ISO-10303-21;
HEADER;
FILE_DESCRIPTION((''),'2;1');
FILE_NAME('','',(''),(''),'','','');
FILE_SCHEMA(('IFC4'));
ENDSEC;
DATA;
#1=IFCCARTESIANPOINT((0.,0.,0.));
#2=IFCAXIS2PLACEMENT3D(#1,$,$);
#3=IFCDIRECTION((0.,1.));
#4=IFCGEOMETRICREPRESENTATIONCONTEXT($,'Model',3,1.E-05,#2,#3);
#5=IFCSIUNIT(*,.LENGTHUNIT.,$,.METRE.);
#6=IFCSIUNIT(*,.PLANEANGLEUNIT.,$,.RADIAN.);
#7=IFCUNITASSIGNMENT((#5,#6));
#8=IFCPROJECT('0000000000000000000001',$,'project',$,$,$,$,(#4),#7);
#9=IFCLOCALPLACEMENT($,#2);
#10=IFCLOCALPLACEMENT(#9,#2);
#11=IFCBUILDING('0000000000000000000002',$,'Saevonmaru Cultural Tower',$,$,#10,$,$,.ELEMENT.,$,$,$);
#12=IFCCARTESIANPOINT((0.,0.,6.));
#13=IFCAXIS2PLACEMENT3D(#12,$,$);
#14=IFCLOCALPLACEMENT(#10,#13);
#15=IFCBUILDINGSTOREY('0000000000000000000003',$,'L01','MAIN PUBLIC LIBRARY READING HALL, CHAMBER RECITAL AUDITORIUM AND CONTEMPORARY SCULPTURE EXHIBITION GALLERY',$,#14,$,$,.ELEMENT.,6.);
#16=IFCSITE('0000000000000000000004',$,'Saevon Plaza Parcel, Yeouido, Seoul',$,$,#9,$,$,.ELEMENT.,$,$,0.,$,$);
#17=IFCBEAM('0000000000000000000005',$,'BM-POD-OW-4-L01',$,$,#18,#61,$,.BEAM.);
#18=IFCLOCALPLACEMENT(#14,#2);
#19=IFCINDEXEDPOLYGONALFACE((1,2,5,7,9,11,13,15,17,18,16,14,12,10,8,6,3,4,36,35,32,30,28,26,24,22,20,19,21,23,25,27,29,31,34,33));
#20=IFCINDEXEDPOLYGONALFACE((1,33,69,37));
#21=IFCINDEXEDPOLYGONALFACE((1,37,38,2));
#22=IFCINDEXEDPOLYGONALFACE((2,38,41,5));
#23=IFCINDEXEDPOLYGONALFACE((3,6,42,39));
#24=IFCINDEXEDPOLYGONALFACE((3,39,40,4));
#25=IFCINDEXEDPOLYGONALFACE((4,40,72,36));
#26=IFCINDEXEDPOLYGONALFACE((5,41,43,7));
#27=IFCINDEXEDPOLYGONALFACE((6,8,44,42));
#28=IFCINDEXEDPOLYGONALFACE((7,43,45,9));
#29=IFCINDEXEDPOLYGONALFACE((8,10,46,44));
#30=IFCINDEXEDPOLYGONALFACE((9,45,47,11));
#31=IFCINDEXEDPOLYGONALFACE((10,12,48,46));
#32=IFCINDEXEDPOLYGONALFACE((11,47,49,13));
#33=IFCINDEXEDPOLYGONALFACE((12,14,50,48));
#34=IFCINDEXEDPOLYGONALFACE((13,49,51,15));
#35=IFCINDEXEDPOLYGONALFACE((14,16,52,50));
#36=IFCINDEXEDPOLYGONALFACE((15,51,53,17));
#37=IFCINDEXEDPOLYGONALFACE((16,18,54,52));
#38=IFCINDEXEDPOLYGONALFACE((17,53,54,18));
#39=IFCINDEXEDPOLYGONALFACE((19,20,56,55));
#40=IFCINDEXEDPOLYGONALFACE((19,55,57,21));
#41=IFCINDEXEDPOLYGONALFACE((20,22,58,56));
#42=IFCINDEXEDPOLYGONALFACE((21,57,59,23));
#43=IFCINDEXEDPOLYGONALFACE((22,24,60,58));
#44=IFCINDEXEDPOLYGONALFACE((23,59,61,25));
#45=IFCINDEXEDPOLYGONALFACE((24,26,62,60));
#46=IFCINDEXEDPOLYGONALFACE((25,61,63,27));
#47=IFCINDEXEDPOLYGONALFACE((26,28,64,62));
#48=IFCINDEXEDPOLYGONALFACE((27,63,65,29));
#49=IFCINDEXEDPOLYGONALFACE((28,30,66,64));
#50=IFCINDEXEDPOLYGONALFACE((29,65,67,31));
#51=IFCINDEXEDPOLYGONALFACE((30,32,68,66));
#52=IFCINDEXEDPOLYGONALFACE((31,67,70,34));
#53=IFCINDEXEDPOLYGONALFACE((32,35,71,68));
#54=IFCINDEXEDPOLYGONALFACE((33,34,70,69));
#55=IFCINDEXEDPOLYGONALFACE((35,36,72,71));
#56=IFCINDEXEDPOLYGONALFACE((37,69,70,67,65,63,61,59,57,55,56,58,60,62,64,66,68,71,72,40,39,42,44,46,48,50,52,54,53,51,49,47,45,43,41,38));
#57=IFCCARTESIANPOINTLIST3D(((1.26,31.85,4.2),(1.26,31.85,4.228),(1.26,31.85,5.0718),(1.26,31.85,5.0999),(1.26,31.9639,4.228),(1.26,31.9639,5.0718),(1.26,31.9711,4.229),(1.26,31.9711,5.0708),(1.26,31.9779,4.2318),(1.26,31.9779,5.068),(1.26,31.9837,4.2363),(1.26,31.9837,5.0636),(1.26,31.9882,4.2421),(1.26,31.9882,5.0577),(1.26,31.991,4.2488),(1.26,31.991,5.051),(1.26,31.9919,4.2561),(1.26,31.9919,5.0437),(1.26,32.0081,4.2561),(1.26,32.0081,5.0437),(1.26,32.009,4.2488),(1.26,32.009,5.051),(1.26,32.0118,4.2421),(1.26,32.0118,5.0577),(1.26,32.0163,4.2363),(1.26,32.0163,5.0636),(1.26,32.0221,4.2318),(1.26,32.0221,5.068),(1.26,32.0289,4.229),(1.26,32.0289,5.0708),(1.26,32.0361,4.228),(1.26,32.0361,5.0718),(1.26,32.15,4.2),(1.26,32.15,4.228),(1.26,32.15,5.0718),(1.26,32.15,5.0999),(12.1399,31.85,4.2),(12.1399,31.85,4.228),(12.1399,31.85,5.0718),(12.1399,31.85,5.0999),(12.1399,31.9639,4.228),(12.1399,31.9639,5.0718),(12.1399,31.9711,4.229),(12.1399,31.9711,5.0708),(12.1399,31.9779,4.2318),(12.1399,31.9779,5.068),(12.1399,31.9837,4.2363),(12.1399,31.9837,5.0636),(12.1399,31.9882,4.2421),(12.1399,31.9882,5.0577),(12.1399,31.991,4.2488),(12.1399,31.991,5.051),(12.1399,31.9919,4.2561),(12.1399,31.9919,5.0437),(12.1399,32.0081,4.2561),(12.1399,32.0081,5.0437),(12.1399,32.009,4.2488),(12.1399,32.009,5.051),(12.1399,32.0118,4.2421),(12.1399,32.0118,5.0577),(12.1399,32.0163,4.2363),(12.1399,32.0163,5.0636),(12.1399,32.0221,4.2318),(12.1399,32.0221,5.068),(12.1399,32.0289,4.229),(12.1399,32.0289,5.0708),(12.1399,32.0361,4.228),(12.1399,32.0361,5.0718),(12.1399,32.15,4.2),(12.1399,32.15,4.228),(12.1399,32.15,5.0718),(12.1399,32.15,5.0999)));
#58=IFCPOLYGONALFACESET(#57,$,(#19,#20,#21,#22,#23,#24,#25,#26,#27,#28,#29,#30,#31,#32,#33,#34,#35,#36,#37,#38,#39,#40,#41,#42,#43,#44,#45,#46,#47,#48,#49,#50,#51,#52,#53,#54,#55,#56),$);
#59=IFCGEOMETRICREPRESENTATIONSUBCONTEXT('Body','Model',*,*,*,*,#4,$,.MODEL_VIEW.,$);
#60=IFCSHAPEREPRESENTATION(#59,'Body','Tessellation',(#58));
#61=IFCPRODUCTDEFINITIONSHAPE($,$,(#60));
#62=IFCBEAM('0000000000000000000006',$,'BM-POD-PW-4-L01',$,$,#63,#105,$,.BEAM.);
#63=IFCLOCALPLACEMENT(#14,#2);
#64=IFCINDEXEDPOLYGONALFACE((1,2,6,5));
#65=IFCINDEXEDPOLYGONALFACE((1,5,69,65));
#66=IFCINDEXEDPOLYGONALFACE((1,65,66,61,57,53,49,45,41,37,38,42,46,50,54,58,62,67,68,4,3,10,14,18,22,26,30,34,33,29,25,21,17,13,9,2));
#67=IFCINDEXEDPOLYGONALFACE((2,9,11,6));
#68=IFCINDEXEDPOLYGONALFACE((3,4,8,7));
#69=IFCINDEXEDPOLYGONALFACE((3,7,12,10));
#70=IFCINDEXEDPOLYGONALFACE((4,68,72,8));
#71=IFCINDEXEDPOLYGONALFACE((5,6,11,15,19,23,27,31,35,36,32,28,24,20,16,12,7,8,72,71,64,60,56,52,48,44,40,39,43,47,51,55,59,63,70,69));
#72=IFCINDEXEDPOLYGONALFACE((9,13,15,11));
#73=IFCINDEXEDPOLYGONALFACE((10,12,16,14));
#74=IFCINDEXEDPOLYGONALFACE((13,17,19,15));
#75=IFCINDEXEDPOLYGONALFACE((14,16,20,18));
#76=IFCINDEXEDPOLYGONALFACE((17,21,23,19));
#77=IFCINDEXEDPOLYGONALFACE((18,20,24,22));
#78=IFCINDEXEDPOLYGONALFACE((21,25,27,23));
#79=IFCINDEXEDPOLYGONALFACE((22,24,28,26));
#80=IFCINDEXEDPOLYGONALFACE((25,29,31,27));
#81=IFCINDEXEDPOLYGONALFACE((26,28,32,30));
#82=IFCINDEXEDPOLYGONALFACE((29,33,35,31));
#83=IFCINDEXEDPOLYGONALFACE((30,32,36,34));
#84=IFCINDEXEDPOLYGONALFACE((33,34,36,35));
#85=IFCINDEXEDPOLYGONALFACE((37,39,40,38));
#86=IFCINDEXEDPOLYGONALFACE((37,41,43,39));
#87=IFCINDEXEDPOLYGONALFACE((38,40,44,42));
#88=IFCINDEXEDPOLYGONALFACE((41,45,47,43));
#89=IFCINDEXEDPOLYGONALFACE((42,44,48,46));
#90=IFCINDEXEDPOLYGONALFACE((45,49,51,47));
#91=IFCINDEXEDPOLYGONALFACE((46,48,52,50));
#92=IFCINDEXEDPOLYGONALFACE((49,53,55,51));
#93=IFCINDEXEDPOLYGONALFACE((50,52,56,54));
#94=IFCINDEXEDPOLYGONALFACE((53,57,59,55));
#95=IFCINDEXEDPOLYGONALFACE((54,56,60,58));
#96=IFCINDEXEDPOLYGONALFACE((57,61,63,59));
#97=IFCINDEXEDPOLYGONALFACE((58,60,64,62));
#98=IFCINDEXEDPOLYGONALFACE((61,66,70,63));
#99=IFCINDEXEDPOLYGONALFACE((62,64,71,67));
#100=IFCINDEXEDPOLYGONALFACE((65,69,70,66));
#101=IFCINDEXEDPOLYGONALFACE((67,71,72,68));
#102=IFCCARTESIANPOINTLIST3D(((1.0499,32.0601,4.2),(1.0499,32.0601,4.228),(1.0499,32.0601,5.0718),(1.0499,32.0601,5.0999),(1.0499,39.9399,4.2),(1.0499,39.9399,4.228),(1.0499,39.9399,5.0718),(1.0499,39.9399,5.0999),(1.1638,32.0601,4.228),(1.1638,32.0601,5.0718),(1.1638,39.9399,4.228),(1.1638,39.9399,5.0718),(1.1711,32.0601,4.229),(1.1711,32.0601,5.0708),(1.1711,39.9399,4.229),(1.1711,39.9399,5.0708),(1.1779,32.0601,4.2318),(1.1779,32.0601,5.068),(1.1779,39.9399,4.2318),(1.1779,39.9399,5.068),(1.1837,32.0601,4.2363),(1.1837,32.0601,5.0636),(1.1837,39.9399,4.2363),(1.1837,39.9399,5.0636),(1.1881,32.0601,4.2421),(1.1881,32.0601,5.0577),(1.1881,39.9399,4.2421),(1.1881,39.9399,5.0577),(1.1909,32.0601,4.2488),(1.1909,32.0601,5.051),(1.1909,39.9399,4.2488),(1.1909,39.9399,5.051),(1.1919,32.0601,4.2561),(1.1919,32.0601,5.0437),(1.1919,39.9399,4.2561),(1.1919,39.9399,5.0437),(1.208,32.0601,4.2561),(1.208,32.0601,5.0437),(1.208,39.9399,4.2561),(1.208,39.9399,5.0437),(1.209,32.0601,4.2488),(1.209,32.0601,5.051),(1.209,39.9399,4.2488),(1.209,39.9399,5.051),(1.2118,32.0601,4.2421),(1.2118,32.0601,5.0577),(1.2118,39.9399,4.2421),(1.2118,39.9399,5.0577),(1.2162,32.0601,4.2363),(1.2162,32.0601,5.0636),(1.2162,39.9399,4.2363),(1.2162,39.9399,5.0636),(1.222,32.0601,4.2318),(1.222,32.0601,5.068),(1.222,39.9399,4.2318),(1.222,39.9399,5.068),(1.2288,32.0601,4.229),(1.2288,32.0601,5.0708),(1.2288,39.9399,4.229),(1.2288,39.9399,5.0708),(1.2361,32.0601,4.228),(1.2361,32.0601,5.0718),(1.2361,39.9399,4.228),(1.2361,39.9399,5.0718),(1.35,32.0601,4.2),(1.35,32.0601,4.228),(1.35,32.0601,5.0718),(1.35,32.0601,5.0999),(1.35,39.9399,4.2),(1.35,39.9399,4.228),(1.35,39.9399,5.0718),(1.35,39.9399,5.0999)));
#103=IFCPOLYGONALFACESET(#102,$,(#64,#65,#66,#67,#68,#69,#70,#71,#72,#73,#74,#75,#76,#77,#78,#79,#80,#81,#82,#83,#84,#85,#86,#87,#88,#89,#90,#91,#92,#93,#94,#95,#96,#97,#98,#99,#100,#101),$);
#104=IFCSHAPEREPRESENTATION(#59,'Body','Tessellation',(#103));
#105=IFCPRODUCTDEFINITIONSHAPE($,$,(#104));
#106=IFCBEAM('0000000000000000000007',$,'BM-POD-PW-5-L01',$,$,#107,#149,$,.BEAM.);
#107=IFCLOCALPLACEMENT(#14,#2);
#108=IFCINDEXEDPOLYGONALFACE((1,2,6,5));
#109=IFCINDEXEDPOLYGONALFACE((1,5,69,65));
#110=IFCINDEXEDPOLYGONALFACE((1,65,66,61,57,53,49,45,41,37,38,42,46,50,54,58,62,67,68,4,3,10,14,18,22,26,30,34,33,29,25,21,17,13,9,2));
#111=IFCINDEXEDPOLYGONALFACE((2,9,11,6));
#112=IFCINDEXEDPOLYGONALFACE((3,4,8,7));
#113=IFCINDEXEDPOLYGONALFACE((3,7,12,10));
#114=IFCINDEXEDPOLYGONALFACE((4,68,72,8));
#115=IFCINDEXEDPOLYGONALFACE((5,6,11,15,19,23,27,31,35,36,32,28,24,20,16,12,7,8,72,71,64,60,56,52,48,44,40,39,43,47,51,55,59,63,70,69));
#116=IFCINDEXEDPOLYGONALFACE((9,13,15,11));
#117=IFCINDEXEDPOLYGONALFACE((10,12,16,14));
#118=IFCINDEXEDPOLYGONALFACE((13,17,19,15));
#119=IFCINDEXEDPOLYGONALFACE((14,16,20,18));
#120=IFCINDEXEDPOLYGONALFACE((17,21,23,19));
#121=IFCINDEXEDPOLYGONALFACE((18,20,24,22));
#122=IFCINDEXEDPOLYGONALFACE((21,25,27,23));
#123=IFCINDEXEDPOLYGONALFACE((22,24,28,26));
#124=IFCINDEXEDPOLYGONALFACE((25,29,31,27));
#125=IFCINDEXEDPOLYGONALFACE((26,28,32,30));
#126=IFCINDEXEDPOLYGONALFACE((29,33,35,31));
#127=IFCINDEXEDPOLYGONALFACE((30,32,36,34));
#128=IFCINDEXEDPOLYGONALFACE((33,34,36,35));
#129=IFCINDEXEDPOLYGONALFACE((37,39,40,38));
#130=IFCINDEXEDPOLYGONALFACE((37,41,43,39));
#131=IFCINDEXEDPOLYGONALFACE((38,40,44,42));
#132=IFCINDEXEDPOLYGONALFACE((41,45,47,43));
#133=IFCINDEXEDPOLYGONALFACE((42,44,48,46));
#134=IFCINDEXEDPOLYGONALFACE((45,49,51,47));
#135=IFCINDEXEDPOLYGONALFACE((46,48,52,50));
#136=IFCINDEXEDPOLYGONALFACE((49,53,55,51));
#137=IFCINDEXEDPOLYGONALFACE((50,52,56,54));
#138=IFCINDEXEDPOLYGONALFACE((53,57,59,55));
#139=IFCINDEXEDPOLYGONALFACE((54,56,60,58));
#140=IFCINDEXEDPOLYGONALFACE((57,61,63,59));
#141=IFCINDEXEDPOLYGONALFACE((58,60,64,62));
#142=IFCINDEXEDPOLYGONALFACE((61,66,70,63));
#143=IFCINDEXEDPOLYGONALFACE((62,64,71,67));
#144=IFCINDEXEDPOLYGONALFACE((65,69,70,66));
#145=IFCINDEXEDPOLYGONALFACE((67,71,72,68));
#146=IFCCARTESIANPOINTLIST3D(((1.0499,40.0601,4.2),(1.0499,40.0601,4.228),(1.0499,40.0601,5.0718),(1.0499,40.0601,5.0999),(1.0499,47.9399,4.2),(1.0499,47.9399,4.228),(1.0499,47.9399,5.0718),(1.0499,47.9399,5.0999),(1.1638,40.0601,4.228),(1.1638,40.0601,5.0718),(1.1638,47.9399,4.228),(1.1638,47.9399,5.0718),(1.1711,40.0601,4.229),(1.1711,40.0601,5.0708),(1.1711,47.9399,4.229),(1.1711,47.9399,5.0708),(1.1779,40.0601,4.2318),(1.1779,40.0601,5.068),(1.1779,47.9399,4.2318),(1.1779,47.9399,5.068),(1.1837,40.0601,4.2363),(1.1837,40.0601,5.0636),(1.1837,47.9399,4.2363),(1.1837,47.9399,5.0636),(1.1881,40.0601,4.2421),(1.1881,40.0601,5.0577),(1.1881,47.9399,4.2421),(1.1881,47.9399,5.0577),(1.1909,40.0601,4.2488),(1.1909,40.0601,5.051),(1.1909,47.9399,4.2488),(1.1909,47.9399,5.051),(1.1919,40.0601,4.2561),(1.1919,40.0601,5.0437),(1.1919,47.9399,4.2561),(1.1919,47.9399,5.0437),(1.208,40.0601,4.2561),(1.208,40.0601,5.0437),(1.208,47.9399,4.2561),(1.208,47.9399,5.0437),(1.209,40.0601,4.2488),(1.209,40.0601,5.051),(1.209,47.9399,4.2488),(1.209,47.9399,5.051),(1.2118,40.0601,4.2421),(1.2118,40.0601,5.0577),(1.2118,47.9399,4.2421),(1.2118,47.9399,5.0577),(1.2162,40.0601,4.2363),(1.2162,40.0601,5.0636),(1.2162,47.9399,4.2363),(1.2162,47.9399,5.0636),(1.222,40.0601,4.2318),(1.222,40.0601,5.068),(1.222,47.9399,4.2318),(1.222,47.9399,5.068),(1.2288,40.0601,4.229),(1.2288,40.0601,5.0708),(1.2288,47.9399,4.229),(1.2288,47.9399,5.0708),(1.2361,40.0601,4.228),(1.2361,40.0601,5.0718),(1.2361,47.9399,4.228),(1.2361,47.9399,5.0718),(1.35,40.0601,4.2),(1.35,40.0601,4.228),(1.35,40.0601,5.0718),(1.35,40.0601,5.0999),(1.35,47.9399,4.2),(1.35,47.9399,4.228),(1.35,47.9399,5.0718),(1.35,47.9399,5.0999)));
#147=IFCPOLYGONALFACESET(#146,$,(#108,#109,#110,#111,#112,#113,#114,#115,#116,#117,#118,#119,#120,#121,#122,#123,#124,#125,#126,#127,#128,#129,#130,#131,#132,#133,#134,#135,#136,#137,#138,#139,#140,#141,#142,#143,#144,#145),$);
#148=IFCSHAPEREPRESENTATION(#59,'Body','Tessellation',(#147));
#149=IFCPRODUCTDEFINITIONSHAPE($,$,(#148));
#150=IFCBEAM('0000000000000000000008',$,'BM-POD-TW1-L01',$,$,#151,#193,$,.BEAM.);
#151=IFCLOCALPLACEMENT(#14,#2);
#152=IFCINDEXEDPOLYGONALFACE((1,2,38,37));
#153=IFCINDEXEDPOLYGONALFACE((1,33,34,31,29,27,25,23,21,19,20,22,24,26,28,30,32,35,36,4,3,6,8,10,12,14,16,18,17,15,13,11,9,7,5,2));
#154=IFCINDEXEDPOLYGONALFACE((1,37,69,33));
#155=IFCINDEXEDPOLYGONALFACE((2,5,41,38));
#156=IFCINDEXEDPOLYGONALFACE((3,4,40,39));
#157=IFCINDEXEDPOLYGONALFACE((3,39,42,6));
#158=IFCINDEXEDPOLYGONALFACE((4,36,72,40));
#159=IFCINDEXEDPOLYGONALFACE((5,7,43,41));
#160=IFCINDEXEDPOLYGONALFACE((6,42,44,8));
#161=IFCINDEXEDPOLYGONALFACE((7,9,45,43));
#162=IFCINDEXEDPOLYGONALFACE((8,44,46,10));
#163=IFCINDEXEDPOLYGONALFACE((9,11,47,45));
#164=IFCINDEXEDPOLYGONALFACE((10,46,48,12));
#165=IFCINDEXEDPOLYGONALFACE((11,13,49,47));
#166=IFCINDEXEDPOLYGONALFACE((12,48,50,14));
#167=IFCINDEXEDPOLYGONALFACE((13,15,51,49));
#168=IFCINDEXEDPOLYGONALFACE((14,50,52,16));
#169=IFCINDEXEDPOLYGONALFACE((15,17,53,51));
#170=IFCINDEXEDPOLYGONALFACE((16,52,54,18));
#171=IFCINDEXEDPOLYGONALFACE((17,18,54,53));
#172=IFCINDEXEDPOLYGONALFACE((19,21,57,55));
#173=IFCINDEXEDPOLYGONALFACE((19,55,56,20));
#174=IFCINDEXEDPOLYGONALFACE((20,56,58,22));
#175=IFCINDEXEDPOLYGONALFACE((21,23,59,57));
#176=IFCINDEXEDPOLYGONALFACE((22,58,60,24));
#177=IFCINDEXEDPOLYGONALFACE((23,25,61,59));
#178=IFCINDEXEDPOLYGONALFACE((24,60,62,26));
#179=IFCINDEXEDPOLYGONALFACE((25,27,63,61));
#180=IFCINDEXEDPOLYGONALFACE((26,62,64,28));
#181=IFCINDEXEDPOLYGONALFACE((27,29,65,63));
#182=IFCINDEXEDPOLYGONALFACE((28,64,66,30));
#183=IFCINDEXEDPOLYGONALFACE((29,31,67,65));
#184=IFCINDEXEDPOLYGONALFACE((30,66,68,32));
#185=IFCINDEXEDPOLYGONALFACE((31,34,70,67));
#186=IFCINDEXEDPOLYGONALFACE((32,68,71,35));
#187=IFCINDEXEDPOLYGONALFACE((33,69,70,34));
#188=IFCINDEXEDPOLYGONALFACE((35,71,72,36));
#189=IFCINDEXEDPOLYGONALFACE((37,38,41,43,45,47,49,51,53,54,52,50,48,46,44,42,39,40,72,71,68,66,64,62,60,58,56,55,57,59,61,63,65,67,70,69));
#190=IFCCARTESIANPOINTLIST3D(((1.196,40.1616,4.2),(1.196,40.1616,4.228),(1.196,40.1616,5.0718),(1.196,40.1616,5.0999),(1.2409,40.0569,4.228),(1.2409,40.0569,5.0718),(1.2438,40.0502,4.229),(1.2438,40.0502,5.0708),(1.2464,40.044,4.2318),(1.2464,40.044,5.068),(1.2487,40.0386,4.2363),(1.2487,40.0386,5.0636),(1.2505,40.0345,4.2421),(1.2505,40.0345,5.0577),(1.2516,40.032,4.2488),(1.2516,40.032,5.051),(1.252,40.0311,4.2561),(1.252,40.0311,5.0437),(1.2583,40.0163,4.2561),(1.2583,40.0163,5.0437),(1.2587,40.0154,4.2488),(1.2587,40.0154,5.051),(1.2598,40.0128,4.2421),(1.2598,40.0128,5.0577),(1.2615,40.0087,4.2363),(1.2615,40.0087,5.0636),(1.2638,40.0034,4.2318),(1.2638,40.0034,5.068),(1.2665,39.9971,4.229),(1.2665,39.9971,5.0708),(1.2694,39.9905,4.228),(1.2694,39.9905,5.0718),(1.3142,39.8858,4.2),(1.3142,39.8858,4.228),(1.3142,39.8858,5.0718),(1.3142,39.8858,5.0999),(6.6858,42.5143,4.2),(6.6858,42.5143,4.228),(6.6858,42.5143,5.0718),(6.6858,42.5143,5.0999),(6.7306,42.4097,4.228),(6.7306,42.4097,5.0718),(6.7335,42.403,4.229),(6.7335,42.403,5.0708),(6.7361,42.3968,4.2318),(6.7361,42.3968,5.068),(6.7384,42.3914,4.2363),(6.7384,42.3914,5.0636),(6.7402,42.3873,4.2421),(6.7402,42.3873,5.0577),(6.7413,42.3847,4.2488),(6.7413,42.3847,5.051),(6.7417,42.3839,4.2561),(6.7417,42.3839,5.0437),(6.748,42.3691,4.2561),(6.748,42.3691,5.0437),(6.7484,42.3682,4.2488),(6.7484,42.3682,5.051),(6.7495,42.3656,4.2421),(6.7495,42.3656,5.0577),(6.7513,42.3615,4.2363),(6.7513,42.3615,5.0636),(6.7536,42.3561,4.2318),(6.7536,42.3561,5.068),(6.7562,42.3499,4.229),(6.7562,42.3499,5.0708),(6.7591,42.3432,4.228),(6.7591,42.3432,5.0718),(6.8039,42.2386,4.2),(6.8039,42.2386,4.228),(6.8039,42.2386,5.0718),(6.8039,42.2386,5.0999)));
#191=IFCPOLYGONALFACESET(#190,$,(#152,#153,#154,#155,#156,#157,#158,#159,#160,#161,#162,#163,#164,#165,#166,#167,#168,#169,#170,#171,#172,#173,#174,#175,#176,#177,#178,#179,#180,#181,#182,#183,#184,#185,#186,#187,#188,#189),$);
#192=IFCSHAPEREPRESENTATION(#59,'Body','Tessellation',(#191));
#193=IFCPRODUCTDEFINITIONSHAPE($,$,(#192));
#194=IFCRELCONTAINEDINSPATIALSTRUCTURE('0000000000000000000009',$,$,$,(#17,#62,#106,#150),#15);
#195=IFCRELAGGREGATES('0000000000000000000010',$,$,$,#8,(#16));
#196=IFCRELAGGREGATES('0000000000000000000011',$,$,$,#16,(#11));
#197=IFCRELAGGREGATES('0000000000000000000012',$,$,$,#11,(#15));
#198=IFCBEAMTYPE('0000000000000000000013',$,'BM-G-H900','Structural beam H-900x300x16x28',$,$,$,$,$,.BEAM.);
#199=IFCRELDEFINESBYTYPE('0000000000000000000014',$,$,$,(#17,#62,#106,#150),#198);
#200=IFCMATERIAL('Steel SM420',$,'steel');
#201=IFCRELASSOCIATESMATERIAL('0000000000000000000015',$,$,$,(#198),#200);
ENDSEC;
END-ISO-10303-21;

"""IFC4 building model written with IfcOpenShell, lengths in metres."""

from ifc_helpers import new_model, si_unit, direction, frame, origin, origin_2d, place, context, subcontext, project, spatial, i_section, extrude, material, material_profile, profile_set, type_object, element, save


model = new_model("IFC4")

# Units and contexts
model_context = context("Model", 3, precision=1e-05, world=origin(), true_north=direction((0.0, 1.0)))
body_context = subcontext(model_context, "Body", "Model", "MODEL_VIEW")
ifc_project = project(units=[si_unit("LENGTHUNIT", "METRE"), si_unit("PLANEANGLEUNIT", "RADIAN")], contexts=[model_context])

# Site, building, storey
site_placement = place(None, origin())
site = spatial("IfcSite", under=ifc_project, at=site_placement, Name="Saevon Plaza Parcel, Yeouido, Seoul", CompositionType="ELEMENT", RefElevation=0.0)
building_placement = place(site_placement, origin())
building = spatial("IfcBuilding", under=site, at=building_placement, Name="Saevonmaru Cultural Tower", CompositionType="ELEMENT")
storey_placement = place(building_placement, frame((0.0, 0.0, 6.0)))
storey = spatial("IfcBuildingStorey", under=building, at=storey_placement, Name="L01", Description="MAIN PUBLIC LIBRARY READING HALL, CHAMBER RECITAL AUDITORIUM AND CONTEMPORARY SCULPTURE EXHIBITION GALLERY", CompositionType="ELEMENT", Elevation=6.0)

# Shared definitions
ifc_material_1 = material(Name="Steel SM420", Category="steel")

# Beams
ifc_material_profile_1 = material_profile(ifc_material_1, i_section(OverallWidth=0.3, OverallDepth=0.8999, WebThickness=0.0161, FlangeThickness=0.0281, FilletRadius=0.0281, at=origin_2d()), Name="H-900x300x16x28")
ifc_profile_set_1 = profile_set([ifc_material_profile_1], Name="Steel SM420")
beam_type_1 = type_object("IfcBeamType", Name="BM-G-H900", Description="Structural beam H-900x300x16x28", PredefinedType="BEAM", material=ifc_profile_set_1)
beam_1_placement = place(storey_placement, frame((1.26, 32.0, 4.6499), z_axis=(1.0, 0.0, 0.0), x_axis=(0.0, 1.0, 0.0)))
element("IfcBeam", 1, at=beam_1_placement, inside=storey, type_object=beam_type_1, Name="BM-POD-OW-4-L01", PredefinedType="BEAM", context=body_context, shape_type="SweptSolid", body=[
    extrude(i_section(OverallWidth=0.3, OverallDepth=0.8999, WebThickness=0.0161, FlangeThickness=0.0281, FilletRadius=0.0281, at=origin_2d()), origin(), (0.0, 0.0, 1.0), 10.8799),
])
for number, where, z_axis, x_axis, name in (
    (2, (1.2, 32.0601, 4.6499), (0.0, 1.0, 0.0), (-1.0, 0.0, 0.0), "BM-POD-PW-4-L01"),
    (3, (1.2, 40.0601, 4.6499), (0.0, 1.0, 0.0), (-1.0, 0.0, 0.0), "BM-POD-PW-5-L01"),
):
    element("IfcBeam", number, at=place(storey_placement, frame(where, z_axis=z_axis, x_axis=x_axis)), inside=storey, type_object=beam_type_1, Name=name, PredefinedType="BEAM", context=body_context, shape_type="SweptSolid", body=[
        extrude(i_section(OverallWidth=0.3, OverallDepth=0.8999, WebThickness=0.0161, FlangeThickness=0.0281, FilletRadius=0.0281, at=origin_2d()), origin(), (0.0, 0.0, 1.0), 7.8799),
    ])
beam_2_placement = place(storey_placement, frame((1.2551, 40.0237, 4.6499), z_axis=(0.919143, 0.393924, 0.0), x_axis=(-0.393924, 0.919143, 0.0)))
element("IfcBeam", 4, at=beam_2_placement, inside=storey, type_object=beam_type_1, Name="BM-POD-TW1-L01", PredefinedType="BEAM", context=body_context, shape_type="SweptSolid", body=[
    extrude(i_section(OverallWidth=0.3, OverallDepth=0.8999, WebThickness=0.0161, FlangeThickness=0.0281, FilletRadius=0.0281, at=origin_2d()), origin(), (0.0, 0.0, 1.0), 5.9727),
])

save(model, "model.ifc")
